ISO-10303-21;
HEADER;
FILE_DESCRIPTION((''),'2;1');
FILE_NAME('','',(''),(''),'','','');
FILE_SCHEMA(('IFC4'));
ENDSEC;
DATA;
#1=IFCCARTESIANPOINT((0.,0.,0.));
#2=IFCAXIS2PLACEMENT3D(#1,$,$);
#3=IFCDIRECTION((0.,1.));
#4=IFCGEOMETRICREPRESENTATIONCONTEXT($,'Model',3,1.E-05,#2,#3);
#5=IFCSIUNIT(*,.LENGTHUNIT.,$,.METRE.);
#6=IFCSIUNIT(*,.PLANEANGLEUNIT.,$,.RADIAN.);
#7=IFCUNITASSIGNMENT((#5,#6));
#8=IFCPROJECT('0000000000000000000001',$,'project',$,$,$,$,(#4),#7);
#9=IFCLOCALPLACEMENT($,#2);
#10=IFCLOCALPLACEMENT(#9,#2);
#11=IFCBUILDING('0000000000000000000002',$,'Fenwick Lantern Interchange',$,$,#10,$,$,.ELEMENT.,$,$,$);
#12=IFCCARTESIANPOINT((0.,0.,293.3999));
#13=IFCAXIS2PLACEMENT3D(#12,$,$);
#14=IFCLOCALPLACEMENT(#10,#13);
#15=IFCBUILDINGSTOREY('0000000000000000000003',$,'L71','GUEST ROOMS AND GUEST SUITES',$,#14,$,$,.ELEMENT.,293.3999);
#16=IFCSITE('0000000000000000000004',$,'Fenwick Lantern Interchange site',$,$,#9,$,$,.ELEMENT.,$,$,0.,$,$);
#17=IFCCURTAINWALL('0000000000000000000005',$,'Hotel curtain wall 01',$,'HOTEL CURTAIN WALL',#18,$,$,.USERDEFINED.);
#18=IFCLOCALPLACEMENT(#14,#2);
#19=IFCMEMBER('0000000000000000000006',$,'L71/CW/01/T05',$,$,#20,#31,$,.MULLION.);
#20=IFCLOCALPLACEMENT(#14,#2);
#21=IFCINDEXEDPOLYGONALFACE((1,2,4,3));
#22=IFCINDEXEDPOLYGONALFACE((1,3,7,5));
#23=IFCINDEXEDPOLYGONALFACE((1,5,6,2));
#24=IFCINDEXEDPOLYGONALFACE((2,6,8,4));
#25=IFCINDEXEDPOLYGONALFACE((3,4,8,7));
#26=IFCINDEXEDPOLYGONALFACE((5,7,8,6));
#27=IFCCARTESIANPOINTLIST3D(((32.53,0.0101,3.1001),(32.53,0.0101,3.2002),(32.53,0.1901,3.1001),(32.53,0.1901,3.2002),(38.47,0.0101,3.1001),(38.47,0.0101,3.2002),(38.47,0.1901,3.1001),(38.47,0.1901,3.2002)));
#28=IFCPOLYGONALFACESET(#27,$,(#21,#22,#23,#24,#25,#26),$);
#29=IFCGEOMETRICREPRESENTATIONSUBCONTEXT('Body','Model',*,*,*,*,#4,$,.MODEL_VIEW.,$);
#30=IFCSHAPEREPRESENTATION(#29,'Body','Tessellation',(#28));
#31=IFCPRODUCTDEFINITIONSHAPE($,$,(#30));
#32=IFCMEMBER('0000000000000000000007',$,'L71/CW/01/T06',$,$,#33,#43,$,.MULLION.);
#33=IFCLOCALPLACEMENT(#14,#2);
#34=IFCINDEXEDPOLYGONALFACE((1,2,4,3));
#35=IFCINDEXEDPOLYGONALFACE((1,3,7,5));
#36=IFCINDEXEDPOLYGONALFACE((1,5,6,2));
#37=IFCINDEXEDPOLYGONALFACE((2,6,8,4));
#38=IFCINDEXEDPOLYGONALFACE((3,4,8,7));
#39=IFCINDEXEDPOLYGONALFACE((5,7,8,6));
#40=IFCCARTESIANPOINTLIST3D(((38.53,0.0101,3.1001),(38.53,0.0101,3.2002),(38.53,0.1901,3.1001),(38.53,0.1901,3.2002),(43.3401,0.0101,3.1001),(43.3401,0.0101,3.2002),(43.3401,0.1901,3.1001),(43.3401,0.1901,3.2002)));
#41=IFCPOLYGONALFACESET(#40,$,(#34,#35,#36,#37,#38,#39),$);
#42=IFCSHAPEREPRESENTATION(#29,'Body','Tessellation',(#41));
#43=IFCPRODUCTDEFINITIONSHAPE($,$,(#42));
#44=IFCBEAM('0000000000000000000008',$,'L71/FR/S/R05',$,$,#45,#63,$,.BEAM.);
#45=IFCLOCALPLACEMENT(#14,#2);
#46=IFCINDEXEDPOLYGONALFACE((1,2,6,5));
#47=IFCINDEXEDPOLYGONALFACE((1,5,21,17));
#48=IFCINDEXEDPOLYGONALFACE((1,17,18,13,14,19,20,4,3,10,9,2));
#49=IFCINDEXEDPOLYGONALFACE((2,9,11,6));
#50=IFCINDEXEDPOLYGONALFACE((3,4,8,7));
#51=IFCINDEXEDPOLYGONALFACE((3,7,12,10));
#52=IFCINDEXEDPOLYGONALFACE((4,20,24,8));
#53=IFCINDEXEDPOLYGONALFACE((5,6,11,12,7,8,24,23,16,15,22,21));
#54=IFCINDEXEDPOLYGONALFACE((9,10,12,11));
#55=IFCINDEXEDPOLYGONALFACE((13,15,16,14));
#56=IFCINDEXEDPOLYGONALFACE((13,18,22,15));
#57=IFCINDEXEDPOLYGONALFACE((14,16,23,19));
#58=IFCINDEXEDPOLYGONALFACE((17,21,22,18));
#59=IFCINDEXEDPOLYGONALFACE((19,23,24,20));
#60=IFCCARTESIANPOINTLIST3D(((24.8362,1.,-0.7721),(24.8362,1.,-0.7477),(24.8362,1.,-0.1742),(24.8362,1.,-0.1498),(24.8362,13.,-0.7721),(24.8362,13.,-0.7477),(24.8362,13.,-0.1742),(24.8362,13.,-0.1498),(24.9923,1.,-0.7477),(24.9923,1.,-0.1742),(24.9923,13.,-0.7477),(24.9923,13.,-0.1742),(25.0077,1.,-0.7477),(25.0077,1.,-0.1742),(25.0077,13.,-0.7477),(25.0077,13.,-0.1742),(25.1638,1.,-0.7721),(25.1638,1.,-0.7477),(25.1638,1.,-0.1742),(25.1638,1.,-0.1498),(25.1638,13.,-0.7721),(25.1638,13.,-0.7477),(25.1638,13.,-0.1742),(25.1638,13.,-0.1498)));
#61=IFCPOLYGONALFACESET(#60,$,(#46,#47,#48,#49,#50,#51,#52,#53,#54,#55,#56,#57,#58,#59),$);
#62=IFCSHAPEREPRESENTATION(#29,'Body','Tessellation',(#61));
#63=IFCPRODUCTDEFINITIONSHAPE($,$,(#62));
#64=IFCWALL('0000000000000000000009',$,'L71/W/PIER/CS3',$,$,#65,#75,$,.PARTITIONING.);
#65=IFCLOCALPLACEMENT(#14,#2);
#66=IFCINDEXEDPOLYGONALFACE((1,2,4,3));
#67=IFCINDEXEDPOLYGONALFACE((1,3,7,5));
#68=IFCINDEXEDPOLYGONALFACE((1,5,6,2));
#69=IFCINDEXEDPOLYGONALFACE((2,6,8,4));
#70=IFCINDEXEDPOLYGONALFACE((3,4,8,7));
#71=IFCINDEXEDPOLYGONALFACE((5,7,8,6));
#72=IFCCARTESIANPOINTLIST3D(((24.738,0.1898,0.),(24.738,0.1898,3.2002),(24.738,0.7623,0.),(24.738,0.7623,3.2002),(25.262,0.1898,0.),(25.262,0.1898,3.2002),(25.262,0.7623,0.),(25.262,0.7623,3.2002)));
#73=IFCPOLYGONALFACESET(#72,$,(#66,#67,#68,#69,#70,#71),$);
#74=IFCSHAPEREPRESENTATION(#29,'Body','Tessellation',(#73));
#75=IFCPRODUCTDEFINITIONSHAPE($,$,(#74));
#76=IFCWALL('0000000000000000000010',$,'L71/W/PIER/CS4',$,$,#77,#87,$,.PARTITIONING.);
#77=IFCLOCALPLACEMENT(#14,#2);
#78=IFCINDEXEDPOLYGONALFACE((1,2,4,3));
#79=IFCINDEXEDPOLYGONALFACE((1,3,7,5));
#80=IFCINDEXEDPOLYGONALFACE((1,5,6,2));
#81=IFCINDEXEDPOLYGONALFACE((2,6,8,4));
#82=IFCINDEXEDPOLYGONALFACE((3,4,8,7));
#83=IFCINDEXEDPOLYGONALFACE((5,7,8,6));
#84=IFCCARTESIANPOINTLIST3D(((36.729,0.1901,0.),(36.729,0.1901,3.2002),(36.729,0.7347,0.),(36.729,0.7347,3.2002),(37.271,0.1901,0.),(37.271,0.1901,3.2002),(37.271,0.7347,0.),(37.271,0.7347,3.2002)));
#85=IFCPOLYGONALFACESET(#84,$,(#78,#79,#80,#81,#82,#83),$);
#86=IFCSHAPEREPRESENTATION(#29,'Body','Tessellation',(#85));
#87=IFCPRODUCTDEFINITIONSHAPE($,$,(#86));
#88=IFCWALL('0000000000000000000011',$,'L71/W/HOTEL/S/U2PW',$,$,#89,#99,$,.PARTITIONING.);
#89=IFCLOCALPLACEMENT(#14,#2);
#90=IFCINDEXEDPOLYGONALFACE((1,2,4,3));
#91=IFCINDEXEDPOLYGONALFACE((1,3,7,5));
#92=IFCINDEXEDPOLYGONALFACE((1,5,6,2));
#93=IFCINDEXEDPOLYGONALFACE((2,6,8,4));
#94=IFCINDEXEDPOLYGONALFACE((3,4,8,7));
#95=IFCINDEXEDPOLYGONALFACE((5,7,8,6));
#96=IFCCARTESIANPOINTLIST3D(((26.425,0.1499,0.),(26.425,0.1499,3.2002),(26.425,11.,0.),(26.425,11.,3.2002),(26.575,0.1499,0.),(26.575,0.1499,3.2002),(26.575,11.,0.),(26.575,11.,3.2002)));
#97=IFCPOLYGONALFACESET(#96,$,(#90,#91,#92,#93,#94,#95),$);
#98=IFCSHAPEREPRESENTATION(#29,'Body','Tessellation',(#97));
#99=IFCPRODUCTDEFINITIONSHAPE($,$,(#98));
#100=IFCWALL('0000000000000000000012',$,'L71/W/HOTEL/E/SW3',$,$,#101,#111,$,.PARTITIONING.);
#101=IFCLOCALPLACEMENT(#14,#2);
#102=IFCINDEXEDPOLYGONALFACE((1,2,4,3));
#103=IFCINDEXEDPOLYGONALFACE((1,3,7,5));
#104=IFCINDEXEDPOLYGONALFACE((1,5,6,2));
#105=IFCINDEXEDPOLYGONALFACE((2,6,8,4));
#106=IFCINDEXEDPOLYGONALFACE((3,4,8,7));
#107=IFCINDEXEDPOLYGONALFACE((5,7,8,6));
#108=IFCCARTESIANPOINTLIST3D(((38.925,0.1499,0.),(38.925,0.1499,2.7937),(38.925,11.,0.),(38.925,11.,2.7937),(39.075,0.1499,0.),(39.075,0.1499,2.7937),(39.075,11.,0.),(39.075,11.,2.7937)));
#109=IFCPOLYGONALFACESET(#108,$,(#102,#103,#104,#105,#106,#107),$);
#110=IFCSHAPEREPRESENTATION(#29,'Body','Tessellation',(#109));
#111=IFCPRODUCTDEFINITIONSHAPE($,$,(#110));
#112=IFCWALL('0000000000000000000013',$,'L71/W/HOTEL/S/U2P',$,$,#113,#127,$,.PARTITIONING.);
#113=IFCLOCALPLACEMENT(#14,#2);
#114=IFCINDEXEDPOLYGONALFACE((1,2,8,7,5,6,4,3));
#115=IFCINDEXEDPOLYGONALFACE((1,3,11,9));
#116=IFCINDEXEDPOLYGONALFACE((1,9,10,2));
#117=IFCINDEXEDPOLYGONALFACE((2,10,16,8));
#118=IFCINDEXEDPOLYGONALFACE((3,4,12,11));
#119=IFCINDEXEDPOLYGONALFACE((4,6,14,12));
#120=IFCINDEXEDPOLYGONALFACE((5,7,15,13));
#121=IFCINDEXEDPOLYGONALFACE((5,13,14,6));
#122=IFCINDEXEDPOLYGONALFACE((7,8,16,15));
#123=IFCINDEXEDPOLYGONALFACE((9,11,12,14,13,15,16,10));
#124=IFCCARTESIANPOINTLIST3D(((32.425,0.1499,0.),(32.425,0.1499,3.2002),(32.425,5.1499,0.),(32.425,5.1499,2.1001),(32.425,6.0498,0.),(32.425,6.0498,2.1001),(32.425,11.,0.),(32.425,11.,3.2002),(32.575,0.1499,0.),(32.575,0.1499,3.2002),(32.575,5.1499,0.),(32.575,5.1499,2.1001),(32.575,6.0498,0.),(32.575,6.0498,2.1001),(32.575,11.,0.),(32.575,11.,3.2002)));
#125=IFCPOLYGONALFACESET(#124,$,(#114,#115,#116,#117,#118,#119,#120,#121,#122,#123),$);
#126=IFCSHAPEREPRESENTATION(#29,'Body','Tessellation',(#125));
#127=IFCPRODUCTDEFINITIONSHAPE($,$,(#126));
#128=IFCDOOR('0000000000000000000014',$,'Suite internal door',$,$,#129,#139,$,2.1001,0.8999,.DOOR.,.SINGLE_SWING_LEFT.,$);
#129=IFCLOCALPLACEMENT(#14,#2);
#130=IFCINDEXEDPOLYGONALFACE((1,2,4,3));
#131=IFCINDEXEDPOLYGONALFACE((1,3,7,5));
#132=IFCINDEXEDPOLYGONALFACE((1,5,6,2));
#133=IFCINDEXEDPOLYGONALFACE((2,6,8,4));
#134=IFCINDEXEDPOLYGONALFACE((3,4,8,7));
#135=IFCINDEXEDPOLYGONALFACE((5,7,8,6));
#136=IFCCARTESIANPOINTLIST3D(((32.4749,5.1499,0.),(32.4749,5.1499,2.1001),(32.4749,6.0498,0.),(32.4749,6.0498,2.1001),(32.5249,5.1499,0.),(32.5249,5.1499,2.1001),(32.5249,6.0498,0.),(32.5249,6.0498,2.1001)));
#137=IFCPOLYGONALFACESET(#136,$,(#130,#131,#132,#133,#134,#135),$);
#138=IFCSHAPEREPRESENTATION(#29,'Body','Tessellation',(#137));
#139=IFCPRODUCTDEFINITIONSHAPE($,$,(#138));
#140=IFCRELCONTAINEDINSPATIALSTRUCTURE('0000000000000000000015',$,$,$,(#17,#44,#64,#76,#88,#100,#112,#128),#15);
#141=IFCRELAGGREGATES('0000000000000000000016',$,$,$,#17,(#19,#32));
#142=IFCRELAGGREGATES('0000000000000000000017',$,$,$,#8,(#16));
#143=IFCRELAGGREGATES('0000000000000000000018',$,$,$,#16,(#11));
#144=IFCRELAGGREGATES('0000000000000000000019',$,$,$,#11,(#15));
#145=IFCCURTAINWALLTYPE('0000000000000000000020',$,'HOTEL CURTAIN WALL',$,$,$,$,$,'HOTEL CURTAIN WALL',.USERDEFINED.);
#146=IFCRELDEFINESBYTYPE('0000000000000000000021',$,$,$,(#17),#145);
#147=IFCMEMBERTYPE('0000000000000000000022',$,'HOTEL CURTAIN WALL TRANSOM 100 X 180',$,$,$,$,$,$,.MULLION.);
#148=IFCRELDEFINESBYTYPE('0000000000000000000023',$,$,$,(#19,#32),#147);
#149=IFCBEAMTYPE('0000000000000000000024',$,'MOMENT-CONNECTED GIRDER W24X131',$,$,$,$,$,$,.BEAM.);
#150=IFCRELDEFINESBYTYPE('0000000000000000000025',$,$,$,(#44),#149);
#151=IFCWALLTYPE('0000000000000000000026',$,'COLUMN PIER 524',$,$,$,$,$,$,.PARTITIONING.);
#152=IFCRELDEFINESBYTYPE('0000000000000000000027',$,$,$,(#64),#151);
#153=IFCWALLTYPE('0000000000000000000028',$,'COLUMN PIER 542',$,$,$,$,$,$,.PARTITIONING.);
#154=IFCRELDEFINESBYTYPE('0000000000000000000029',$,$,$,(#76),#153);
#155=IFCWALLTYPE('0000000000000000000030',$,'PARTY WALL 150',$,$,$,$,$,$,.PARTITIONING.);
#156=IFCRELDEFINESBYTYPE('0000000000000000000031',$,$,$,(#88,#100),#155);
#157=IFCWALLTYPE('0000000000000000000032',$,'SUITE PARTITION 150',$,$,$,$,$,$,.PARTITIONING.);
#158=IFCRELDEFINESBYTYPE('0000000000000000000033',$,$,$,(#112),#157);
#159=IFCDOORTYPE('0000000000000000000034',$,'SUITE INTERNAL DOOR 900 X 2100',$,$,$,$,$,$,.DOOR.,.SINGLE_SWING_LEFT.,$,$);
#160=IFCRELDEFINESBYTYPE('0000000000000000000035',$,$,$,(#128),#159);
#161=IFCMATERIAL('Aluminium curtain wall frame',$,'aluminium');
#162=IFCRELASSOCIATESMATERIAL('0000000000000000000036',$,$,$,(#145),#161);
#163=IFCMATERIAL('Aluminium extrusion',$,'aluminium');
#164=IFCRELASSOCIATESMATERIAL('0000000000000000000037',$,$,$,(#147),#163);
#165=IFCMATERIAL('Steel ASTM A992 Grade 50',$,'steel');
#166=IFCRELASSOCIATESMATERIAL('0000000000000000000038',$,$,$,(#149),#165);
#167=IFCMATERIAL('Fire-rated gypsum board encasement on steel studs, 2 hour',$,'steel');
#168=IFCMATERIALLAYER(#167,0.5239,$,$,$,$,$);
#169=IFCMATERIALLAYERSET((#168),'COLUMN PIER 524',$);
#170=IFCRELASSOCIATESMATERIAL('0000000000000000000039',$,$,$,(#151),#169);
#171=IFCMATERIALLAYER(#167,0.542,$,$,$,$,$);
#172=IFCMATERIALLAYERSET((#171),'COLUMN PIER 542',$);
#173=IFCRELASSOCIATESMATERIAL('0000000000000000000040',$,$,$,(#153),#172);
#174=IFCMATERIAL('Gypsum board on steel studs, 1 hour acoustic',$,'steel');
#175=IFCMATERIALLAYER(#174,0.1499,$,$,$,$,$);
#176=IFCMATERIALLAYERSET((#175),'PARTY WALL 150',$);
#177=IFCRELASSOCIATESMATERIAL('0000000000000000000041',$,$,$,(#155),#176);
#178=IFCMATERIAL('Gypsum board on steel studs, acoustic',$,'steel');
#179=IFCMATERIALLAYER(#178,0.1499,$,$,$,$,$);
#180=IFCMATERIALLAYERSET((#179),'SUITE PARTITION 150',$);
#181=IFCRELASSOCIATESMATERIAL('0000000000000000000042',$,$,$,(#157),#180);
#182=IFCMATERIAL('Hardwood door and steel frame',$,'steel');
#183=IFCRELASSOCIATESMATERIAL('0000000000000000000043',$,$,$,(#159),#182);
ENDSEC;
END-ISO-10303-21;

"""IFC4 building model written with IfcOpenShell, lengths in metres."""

from ifc_helpers import new_model, si_unit, direction, frame, frame_2d, origin, origin_2d, place, context, subcontext, project, spatial, rectangle, i_section, extrude, material, layer, layer_set, material_profile, profile_set, type_object, element, fill, aggregate, save


model = new_model("IFC4")

# Units and contexts
model_context = context("Model", 3, precision=1e-05, world=origin(), true_north=direction((0.0, 1.0)))
body_context = subcontext(model_context, "Body", "Model", "MODEL_VIEW")
ifc_project = project(units=[si_unit("LENGTHUNIT", "METRE"), si_unit("PLANEANGLEUNIT", "RADIAN")], contexts=[model_context])

# Site, building, storey
site_placement = place(None, origin())
site = spatial("IfcSite", under=ifc_project, at=site_placement, Name="Fenwick Lantern Interchange site", CompositionType="ELEMENT", RefElevation=0.0)
building_placement = place(site_placement, origin())
building = spatial("IfcBuilding", under=site, at=building_placement, Name="Fenwick Lantern Interchange", CompositionType="ELEMENT")
storey_placement = place(building_placement, frame((0.0, 0.0, 293.3999)))
storey = spatial("IfcBuildingStorey", under=building, at=storey_placement, Name="L71", Description="GUEST ROOMS AND GUEST SUITES", CompositionType="ELEMENT", Elevation=293.3999)

# Shared definitions
ifc_material_1 = material(Name="Steel ASTM A992 Grade 50", Category="steel")

# Curtain wall, members
ifc_material_2 = material(Name="Aluminium curtain wall frame", Category="aluminium")
curtain_wall_type = type_object("IfcCurtainWallType", Name="HOTEL CURTAIN WALL", ElementType="HOTEL CURTAIN WALL", PredefinedType="USERDEFINED", material=ifc_material_2)
curtain_wall_placement = place(storey_placement, origin())
curtain_wall = element("IfcCurtainWall", 1, at=curtain_wall_placement, inside=storey, type_object=curtain_wall_type, Name="Hotel curtain wall 01", ObjectType="HOTEL CURTAIN WALL", PredefinedType="USERDEFINED")
ifc_material_3 = material(Name="Aluminium extrusion", Category="aluminium")
ifc_material_profile_1 = material_profile(ifc_material_3, rectangle(XDim=0.1799, YDim=0.1001, at=origin_2d()), Name="HOTEL CURTAIN WALL TRANSOM 100 X 180")
ifc_profile_set_1 = profile_set([ifc_material_profile_1], Name="Aluminium extrusion")
member_type_1 = type_object("IfcMemberType", Name="HOTEL CURTAIN WALL TRANSOM 100 X 180", PredefinedType="MULLION", material=ifc_profile_set_1)
member_1_placement = place(storey_placement, frame((32.53, 0.1001, 3.1501), z_axis=(1.0, 0.0, 0.0), x_axis=(0.0, 1.0, 0.0)))
member_1 = element("IfcMember", 2, at=member_1_placement, type_object=member_type_1, Name="L71/CW/01/T05", PredefinedType="MULLION", context=body_context, shape_type="SweptSolid", body=[
    extrude(rectangle(XDim=0.1799, YDim=0.1001, at=origin_2d()), origin(), (0.0, 0.0, 1.0), 5.9399),
])
member_2_placement = place(storey_placement, frame((38.53, 0.1001, 3.1501), z_axis=(1.0, 0.0, 0.0), x_axis=(0.0, 1.0, 0.0)))
member_2 = element("IfcMember", 3, at=member_2_placement, type_object=member_type_1, Name="L71/CW/01/T06", PredefinedType="MULLION", context=body_context, shape_type="SweptSolid", body=[
    extrude(rectangle(XDim=0.1799, YDim=0.1001, at=origin_2d()), origin(), (0.0, 0.0, 1.0), 4.8101),
])
aggregate(curtain_wall, [member_1, member_2])

# Beam
ifc_material_profile_2 = material_profile(ifc_material_1, i_section(OverallWidth=0.3276, OverallDepth=0.6223, WebThickness=0.0154, FlangeThickness=0.0244, at=origin_2d()), Name="W24X131")
ifc_profile_set_2 = profile_set([ifc_material_profile_2], Name="Steel ASTM A992 Grade 50")
beam_type_1 = type_object("IfcBeamType", Name="MOMENT-CONNECTED GIRDER W24X131", PredefinedType="BEAM", material=ifc_profile_set_2)
beam_1_placement = place(storey_placement, frame((25.0, 1.0, -0.4609), z_axis=(0.0, 1.0, 0.0), x_axis=(-1.0, 0.0, 0.0)))
element("IfcBeam", 4, at=beam_1_placement, inside=storey, type_object=beam_type_1, Name="L71/FR/S/R05", PredefinedType="BEAM", context=body_context, shape_type="SweptSolid", body=[
    extrude(i_section(OverallWidth=0.3276, OverallDepth=0.6223, WebThickness=0.0154, FlangeThickness=0.0244, at=origin_2d()), origin(), (0.0, 0.0, 1.0), 12.0),
])

# Walls
ifc_material_4 = material(Name="Fire-rated gypsum board encasement on steel studs, 2 hour", Category="steel")
ifc_layer_1 = layer(ifc_material_4, 0.5239)
ifc_layer_set_1 = layer_set([ifc_layer_1], Name="COLUMN PIER 524")
wall_type_1 = type_object("IfcWallType", Name="COLUMN PIER 524", PredefinedType="PARTITIONING", material=ifc_layer_set_1)
wall_1_placement = place(storey_placement, frame((25.0, 0.1899, 0.0), z_axis=(0.0, 0.0, 1.0), x_axis=(0.0, 1.0, 0.0)))
element("IfcWall", 5, at=wall_1_placement, inside=storey, type_object=wall_type_1, Name="L71/W/PIER/CS3", PredefinedType="PARTITIONING", context=body_context, shape_type="SweptSolid", body=[
    extrude(rectangle(XDim=0.5725, YDim=0.5239, at=frame_2d((0.2861, 0.0))), origin(), (0.0, 0.0, 1.0), 3.2002),
])
ifc_layer_2 = layer(ifc_material_4, 0.542)
ifc_layer_set_2 = layer_set([ifc_layer_2], Name="COLUMN PIER 542")
wall_type_2 = type_object("IfcWallType", Name="COLUMN PIER 542", PredefinedType="PARTITIONING", material=ifc_layer_set_2)
wall_2_placement = place(storey_placement, frame((37.0, 0.1899, 0.0), z_axis=(0.0, 0.0, 1.0), x_axis=(0.0, 1.0, 0.0)))
element("IfcWall", 6, at=wall_2_placement, inside=storey, type_object=wall_type_2, Name="L71/W/PIER/CS4", PredefinedType="PARTITIONING", context=body_context, shape_type="SweptSolid", body=[
    extrude(rectangle(XDim=0.5447, YDim=0.542, at=frame_2d((0.2725, 0.0))), origin(), (0.0, 0.0, 1.0), 3.2002),
])
ifc_material_5 = material(Name="Gypsum board on steel studs, 1 hour acoustic", Category="steel")
ifc_layer_3 = layer(ifc_material_5, 0.1499)
ifc_layer_set_3 = layer_set([ifc_layer_3], Name="PARTY WALL 150")
wall_type_3 = type_object("IfcWallType", Name="PARTY WALL 150", PredefinedType="PARTITIONING", material=ifc_layer_set_3)
wall_3_placement = place(storey_placement, frame((26.5, 0.1499, 0.0), z_axis=(0.0, 0.0, 1.0), x_axis=(0.0, 1.0, 0.0)))
element("IfcWall", 7, at=wall_3_placement, inside=storey, type_object=wall_type_3, Name="L71/W/HOTEL/S/U2PW", PredefinedType="PARTITIONING", context=body_context, shape_type="SweptSolid", body=[
    extrude(rectangle(XDim=10.8501, YDim=0.1499, at=frame_2d((5.425, 0.0))), origin(), (0.0, 0.0, 1.0), 3.2002),
])
wall_4_placement = place(storey_placement, frame((39.0, 0.1499, 0.0), z_axis=(0.0, 0.0, 1.0), x_axis=(0.0, 1.0, 0.0)))
element("IfcWall", 8, at=wall_4_placement, inside=storey, type_object=wall_type_3, Name="L71/W/HOTEL/E/SW3", PredefinedType="PARTITIONING", context=body_context, shape_type="SweptSolid", body=[
    extrude(rectangle(XDim=10.8501, YDim=0.1499, at=frame_2d((5.425, 0.0))), origin(), (0.0, 0.0, 1.0), 2.7937),
])

# Wall, opening, door
ifc_material_6 = material(Name="Gypsum board on steel studs, acoustic", Category="steel")
ifc_layer_4 = layer(ifc_material_6, 0.1499)
ifc_layer_set_4 = layer_set([ifc_layer_4], Name="SUITE PARTITION 150")
wall_type_4 = type_object("IfcWallType", Name="SUITE PARTITION 150", PredefinedType="PARTITIONING", material=ifc_layer_set_4)
wall_5_placement = place(storey_placement, frame((32.5, 0.1499, 0.0), z_axis=(0.0, 0.0, 1.0), x_axis=(0.0, 1.0, 0.0)))
wall_5 = element("IfcWall", 9, at=wall_5_placement, inside=storey, type_object=wall_type_4, Name="L71/W/HOTEL/S/U2P", PredefinedType="PARTITIONING", context=body_context, shape_type="SweptSolid", body=[
    extrude(rectangle(XDim=10.8501, YDim=0.1499, at=frame_2d((5.425, 0.0))), origin(), (0.0, 0.0, 1.0), 3.2002),
])
opening_placement = place(wall_5_placement, frame((5.0, 0.0, 0.0)))
opening = element("IfcOpeningElement", 10, at=opening_placement, cuts=wall_5, PredefinedType="OPENING", context=body_context, shape_type="SweptSolid", body=[
    extrude(rectangle(XDim=0.8999, YDim=2.1001, at=frame_2d((0.45, 1.05))), frame((0.0, 0.085, 0.0), z_axis=(0.0, -1.0, 0.0), x_axis=(1.0, 0.0, 0.0)), (0.0, 0.0, 1.0), 0.1699),
])
ifc_material_7 = material(Name="Hardwood door and steel frame", Category="steel")
door_type = type_object("IfcDoorType", Name="SUITE INTERNAL DOOR 900 X 2100", OperationType="SINGLE_SWING_LEFT", PredefinedType="DOOR", material=ifc_material_7)
door_placement = place(opening_placement, frame((0.8999, 0.0, 0.0), z_axis=(0.0, 0.0, 1.0), x_axis=(-1.0, 0.0, 0.0)))
door = element("IfcDoor", 11, at=door_placement, inside=storey, type_object=door_type, Name="Suite internal door", OperationType="SINGLE_SWING_LEFT", OverallHeight=2.1001, OverallWidth=0.8999, PredefinedType="DOOR", context=body_context, shape_type="SweptSolid", body=[
    extrude(rectangle(XDim=0.8999, YDim=2.1001, at=frame_2d((0.45, 1.05))), frame((0.0, 0.0249, 0.0), z_axis=(0.0, -1.0, 0.0), x_axis=(1.0, 0.0, 0.0)), (0.0, 0.0, 1.0), 0.05),
])
fill(opening, door)

save(model, "model.ifc")
